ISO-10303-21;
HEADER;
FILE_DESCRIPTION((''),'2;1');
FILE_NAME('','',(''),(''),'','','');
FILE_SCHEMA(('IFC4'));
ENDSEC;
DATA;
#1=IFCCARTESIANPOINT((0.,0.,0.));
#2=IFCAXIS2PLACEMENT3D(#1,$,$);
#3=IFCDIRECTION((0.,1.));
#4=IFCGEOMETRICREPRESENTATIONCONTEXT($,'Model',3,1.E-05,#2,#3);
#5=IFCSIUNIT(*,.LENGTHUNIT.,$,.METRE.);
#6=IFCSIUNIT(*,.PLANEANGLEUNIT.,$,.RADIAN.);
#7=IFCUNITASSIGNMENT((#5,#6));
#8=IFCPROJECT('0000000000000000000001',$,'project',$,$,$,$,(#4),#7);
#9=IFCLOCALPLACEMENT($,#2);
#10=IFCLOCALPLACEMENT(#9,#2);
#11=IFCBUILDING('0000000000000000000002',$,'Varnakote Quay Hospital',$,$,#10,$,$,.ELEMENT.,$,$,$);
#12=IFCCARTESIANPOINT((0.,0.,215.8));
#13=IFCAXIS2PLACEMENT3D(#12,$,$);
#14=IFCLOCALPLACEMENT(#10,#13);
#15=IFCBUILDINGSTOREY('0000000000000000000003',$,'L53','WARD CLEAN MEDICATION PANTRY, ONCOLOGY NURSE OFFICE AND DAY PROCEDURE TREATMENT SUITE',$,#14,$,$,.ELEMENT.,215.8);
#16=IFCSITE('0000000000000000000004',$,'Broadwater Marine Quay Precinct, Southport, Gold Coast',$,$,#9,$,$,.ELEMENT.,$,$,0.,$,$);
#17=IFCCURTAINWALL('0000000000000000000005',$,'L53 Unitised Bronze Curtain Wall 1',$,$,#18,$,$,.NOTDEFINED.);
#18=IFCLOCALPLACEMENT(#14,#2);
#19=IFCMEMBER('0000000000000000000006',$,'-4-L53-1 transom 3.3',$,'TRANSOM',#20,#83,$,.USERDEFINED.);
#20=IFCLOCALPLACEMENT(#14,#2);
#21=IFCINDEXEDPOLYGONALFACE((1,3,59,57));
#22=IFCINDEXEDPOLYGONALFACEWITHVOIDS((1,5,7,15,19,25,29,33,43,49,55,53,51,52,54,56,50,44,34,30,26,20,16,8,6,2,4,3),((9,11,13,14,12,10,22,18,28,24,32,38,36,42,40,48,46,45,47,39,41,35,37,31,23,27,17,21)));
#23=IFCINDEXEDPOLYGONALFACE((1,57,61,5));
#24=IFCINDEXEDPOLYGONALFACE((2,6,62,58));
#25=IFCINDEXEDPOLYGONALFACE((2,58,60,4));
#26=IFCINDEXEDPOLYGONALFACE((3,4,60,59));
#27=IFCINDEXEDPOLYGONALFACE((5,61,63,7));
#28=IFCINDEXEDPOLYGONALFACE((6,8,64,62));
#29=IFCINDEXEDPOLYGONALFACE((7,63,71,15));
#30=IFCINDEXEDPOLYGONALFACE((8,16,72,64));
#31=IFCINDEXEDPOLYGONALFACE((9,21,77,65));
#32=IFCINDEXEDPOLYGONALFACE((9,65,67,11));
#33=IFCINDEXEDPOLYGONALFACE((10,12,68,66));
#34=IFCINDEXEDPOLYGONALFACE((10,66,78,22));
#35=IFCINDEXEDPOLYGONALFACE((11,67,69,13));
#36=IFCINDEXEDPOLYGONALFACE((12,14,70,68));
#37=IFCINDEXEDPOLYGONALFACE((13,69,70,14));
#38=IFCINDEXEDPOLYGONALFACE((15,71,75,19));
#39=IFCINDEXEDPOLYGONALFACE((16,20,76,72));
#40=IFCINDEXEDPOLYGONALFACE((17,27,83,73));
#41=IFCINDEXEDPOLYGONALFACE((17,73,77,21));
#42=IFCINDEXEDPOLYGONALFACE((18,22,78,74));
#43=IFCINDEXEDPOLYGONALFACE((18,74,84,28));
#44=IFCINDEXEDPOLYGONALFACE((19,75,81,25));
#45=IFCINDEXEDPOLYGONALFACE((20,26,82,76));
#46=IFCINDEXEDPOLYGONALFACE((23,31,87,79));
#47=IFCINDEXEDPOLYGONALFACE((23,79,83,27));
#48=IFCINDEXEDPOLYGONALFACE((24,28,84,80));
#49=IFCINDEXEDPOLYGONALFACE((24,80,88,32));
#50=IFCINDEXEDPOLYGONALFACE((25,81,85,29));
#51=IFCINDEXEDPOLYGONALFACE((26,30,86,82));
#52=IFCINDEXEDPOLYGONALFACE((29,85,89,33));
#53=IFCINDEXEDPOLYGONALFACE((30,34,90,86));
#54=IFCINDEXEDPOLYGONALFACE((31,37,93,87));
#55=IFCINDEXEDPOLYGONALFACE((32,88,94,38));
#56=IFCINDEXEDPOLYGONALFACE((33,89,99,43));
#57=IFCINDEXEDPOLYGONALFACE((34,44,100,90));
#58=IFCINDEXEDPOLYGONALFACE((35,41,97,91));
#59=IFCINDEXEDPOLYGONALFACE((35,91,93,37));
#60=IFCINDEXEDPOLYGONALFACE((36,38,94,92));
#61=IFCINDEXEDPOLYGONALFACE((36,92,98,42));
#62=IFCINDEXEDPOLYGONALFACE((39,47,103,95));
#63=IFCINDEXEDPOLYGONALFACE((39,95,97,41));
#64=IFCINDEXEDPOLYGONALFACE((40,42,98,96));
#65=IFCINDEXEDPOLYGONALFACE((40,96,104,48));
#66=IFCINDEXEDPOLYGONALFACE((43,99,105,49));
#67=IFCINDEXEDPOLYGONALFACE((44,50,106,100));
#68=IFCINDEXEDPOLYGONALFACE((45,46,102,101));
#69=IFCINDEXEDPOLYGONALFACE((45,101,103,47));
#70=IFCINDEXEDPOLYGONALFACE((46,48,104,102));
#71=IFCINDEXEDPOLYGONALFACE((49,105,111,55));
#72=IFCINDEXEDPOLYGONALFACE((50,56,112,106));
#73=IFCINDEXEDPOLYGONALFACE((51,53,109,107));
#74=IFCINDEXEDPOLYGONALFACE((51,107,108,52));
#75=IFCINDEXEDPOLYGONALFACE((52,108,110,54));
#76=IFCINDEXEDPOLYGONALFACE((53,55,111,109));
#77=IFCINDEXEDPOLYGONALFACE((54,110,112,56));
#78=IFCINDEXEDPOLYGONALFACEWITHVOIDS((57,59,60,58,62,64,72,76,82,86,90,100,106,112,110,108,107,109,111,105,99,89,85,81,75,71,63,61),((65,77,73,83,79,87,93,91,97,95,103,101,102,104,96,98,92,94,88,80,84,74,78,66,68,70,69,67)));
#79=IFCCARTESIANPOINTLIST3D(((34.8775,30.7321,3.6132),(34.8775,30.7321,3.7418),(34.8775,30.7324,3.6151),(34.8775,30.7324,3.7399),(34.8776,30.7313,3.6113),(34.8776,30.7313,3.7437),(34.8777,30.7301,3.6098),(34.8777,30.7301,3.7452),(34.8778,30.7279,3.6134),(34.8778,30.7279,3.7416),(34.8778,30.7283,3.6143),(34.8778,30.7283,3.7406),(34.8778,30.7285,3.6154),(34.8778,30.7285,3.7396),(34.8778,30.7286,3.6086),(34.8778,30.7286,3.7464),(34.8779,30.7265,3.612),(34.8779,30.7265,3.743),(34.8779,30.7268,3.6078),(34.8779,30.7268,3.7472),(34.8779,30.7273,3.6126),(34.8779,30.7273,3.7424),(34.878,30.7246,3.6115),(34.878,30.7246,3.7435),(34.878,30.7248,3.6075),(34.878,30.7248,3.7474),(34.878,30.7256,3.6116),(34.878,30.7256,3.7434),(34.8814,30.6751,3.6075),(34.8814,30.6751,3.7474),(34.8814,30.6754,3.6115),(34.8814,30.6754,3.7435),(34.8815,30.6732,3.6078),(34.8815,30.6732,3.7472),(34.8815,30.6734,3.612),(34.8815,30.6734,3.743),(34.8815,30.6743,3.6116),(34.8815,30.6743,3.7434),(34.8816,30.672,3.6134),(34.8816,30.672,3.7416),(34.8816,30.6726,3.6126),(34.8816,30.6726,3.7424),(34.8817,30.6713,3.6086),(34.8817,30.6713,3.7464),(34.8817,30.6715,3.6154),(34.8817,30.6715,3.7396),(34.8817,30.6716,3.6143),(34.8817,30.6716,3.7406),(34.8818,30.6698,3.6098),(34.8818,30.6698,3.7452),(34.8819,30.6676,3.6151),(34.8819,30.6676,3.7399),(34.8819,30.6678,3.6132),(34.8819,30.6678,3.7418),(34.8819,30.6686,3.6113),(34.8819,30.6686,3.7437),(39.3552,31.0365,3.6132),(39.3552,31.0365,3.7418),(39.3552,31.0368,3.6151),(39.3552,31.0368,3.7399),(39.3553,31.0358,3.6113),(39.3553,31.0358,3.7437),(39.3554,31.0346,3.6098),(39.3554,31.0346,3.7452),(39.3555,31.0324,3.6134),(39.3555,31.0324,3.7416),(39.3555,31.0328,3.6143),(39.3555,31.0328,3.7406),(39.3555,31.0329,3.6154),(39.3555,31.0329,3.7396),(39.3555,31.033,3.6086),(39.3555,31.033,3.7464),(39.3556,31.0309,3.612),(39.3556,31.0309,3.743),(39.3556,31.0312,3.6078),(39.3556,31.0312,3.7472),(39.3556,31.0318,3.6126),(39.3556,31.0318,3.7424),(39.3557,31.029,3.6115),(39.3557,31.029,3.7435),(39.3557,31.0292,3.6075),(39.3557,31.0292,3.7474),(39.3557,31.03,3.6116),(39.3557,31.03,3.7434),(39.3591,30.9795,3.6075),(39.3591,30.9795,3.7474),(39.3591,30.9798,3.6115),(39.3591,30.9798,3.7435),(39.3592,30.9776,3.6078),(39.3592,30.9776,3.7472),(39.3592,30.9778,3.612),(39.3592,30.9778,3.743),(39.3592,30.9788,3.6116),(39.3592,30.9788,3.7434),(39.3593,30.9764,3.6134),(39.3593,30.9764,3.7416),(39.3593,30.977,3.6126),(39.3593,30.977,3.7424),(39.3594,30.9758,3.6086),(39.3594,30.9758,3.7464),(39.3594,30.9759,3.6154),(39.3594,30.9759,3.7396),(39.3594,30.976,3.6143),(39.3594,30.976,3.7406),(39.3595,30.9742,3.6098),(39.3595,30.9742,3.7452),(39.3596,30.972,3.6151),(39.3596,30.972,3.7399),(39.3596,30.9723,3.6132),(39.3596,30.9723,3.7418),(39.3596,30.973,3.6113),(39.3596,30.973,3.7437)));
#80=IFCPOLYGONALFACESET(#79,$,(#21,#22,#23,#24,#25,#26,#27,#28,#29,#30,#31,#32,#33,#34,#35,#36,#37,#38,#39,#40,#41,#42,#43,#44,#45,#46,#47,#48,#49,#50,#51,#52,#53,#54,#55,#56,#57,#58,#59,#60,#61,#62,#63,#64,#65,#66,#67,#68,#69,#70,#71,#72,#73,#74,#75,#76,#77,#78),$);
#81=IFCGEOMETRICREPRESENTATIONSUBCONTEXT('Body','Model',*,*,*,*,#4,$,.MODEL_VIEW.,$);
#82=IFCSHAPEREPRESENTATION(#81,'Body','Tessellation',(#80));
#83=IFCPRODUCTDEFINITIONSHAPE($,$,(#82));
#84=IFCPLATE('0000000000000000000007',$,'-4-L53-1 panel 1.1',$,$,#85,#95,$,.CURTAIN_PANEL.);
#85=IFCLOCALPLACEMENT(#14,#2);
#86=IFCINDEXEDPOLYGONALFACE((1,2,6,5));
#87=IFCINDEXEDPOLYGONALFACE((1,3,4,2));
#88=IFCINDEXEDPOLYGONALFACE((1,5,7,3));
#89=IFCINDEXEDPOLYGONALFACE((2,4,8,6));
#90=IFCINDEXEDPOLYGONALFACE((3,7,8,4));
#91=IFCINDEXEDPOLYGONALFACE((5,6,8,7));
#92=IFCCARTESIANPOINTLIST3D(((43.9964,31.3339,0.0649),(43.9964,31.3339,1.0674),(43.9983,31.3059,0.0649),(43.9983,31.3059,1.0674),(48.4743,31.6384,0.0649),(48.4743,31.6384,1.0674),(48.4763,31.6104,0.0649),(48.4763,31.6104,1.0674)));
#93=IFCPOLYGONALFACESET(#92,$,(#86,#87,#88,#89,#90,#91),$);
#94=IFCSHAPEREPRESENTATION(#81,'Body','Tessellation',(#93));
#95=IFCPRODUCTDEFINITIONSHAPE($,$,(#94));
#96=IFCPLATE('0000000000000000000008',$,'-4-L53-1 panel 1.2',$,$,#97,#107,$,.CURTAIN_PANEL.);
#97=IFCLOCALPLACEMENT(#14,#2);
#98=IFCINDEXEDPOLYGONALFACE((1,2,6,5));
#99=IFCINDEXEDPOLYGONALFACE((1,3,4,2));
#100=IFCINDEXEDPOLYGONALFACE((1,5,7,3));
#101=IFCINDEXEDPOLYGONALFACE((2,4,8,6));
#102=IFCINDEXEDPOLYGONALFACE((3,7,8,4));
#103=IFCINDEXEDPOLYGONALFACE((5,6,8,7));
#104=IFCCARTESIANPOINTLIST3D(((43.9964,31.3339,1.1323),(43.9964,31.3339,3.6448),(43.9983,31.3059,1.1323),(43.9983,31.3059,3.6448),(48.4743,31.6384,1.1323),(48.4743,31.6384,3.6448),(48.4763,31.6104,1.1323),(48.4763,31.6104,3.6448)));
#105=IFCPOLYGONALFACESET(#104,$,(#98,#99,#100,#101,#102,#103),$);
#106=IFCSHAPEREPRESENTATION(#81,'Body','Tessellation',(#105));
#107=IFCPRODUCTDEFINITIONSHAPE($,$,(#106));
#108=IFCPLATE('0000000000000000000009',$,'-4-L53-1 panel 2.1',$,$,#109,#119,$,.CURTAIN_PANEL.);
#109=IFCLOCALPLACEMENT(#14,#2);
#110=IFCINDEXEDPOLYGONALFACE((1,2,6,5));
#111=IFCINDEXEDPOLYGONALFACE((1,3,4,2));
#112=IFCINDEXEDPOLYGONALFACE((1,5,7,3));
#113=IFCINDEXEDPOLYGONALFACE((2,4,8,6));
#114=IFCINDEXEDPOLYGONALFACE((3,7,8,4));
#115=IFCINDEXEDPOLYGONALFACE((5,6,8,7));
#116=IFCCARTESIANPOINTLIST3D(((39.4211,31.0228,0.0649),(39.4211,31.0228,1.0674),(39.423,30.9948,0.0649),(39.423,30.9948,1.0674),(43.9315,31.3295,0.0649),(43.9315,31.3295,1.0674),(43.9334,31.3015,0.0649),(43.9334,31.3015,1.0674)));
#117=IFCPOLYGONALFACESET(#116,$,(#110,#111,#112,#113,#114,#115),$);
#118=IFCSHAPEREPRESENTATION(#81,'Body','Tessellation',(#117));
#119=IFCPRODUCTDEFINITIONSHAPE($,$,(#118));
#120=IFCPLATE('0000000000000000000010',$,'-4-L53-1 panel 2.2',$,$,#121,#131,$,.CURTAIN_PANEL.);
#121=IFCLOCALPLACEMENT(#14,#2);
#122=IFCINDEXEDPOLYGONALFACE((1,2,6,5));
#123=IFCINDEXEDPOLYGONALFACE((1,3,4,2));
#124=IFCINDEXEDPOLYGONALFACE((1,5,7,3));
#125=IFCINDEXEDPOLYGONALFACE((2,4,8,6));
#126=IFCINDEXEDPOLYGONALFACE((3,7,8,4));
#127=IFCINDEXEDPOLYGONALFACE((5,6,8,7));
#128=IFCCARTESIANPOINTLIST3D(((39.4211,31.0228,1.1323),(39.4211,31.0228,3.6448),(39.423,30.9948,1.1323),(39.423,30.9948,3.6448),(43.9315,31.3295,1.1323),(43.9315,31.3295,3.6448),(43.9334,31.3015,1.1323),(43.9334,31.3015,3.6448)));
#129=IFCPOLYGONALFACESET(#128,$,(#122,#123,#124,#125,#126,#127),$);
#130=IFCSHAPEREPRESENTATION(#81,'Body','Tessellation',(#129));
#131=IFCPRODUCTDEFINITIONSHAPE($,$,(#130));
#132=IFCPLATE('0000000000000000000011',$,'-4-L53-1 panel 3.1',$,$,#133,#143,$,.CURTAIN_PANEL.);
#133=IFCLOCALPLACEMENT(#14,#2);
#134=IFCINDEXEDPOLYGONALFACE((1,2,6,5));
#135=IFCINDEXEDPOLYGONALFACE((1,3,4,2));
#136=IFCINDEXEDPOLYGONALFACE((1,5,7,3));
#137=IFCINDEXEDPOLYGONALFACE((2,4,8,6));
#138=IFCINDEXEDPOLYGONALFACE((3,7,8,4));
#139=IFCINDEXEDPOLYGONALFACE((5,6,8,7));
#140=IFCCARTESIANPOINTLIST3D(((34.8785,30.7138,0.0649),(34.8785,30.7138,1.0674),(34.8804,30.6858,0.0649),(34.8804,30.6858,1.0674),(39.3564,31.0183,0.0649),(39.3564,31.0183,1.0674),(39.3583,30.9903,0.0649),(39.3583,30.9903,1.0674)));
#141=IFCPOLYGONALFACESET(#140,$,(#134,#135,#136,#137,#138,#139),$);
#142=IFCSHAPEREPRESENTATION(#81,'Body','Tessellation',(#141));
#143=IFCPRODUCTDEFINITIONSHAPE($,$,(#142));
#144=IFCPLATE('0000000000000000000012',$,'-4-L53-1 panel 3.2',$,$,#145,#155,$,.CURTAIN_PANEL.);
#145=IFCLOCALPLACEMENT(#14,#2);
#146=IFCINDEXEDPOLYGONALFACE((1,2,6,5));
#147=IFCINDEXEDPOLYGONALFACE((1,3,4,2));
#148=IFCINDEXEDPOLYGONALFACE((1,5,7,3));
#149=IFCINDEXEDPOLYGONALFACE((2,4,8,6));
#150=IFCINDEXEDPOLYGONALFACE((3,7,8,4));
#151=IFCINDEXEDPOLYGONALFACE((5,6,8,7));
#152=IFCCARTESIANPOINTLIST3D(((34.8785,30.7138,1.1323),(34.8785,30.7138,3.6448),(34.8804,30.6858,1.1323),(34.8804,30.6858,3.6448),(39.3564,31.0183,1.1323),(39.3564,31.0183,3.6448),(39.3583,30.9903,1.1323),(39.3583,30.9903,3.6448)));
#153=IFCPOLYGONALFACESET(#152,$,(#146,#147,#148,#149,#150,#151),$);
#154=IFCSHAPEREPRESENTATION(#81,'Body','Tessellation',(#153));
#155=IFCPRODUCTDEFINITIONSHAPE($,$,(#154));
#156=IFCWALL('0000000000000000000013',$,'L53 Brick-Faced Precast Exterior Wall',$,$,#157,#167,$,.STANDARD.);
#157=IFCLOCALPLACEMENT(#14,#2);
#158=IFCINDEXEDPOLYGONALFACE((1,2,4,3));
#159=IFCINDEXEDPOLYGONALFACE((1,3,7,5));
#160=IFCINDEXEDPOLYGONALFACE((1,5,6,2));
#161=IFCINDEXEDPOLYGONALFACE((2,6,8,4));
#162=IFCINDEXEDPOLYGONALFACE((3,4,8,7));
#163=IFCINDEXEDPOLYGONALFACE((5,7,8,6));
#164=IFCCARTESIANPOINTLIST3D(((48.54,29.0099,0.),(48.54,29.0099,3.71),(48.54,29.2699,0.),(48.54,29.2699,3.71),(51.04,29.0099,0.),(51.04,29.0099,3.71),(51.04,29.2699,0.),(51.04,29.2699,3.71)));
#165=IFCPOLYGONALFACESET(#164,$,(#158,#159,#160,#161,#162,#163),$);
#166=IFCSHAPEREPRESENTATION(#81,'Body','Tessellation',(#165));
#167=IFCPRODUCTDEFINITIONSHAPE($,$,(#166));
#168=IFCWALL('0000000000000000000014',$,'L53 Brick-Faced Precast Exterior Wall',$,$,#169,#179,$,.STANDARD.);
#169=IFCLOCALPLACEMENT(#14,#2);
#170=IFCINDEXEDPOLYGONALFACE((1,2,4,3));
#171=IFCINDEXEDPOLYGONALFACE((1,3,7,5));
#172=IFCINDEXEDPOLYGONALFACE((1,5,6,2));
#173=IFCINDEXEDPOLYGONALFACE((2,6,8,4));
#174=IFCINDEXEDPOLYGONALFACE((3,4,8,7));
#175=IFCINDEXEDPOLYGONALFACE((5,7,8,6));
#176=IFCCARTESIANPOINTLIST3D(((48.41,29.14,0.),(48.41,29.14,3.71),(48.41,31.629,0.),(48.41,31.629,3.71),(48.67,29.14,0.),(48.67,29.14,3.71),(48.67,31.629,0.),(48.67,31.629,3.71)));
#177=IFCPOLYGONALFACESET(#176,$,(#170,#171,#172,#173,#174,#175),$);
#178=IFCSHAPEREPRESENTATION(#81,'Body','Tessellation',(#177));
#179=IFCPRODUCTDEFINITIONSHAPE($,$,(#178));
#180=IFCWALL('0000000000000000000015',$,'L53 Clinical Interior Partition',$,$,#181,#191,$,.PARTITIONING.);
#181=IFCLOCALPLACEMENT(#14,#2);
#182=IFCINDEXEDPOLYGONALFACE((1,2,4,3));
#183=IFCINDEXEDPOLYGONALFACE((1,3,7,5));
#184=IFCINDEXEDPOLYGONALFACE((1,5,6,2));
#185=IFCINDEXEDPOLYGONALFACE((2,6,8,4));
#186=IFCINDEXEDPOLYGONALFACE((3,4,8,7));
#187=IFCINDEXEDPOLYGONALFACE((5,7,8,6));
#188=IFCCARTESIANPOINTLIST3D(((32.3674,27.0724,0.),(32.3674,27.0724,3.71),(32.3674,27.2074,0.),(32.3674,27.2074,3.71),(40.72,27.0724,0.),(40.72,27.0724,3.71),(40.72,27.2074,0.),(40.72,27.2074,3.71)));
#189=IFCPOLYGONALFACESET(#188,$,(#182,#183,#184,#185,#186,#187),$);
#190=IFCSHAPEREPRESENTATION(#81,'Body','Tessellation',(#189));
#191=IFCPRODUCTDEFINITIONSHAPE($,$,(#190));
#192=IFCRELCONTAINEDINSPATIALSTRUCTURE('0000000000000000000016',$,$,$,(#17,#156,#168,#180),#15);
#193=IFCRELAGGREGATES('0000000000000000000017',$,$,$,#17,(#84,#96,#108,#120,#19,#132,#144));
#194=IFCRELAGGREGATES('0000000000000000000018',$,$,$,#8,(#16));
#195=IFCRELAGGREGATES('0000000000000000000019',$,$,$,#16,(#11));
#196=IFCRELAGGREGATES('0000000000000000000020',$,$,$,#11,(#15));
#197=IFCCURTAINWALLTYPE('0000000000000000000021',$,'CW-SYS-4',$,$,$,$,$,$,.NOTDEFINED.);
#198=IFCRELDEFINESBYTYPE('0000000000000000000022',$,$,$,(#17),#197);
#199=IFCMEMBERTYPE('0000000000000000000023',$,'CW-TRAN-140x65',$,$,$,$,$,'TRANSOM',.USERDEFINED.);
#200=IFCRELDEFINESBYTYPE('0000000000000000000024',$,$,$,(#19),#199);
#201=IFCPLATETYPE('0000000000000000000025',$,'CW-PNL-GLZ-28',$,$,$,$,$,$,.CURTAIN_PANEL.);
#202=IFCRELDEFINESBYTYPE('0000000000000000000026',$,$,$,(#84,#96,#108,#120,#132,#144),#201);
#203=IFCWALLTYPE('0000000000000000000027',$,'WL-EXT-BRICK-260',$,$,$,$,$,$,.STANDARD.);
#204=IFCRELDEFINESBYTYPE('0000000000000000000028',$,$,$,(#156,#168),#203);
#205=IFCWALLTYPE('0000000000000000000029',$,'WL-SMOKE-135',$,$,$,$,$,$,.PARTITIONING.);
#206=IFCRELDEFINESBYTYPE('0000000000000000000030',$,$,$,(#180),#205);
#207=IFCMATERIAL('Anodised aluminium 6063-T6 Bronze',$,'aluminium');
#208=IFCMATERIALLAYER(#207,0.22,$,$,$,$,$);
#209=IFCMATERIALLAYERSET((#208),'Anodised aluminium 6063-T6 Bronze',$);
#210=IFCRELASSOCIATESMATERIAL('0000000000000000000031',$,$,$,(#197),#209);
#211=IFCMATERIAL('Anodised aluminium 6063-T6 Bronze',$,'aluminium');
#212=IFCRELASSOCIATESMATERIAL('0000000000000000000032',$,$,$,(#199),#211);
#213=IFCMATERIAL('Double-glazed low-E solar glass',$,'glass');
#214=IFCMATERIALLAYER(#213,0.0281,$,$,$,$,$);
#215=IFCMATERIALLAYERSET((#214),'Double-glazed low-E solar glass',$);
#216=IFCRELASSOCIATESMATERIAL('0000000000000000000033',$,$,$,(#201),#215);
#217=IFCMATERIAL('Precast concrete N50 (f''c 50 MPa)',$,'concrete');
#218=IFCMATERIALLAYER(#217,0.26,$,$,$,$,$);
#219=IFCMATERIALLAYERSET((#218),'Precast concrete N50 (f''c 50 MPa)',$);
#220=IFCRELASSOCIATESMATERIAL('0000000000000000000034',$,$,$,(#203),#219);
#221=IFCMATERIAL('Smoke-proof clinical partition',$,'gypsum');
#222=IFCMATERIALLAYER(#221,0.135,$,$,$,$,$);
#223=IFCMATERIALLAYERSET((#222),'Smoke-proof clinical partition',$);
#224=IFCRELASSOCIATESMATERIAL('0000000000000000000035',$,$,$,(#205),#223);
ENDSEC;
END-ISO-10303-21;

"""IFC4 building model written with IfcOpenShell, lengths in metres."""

from ifc_helpers import new_model, si_unit, direction, frame, frame_2d, origin, origin_2d, place, context, subcontext, project, spatial, rectangle, hollow_rectangle, extrude, material, layer, layer_set, material_profile, profile_set, type_object, element, aggregate, save


model = new_model("IFC4")

# Units and contexts
model_context = context("Model", 3, precision=1e-05, world=origin(), true_north=direction((0.0, 1.0)))
body_context = subcontext(model_context, "Body", "Model", "MODEL_VIEW")
ifc_project = project(units=[si_unit("LENGTHUNIT", "METRE"), si_unit("PLANEANGLEUNIT", "RADIAN")], contexts=[model_context])

# Site, building, storey
site_placement = place(None, origin())
site = spatial("IfcSite", under=ifc_project, at=site_placement, Name="Broadwater Marine Quay Precinct, Southport, Gold Coast", CompositionType="ELEMENT", RefElevation=0.0)
building_placement = place(site_placement, origin())
building = spatial("IfcBuilding", under=site, at=building_placement, Name="Varnakote Quay Hospital", CompositionType="ELEMENT")
storey_placement = place(building_placement, frame((0.0, 0.0, 215.8)))
storey = spatial("IfcBuildingStorey", under=building, at=storey_placement, Name="L53", Description="WARD CLEAN MEDICATION PANTRY, ONCOLOGY NURSE OFFICE AND DAY PROCEDURE TREATMENT SUITE", CompositionType="ELEMENT", Elevation=215.8)

# Curtain wall, member, plates
ifc_material_1 = material(Name="Anodised aluminium 6063-T6 Bronze", Category="aluminium")
ifc_layer_1 = layer(ifc_material_1, 0.22)
ifc_layer_set_1 = layer_set([ifc_layer_1], Name="Anodised aluminium 6063-T6 Bronze")
curtain_wall_type = type_object("IfcCurtainWallType", Name="CW-SYS-4", PredefinedType="NOTDEFINED", material=ifc_layer_set_1)
curtain_wall_placement = place(storey_placement, origin())
curtain_wall = element("IfcCurtainWall", 1, at=curtain_wall_placement, inside=storey, type_object=curtain_wall_type, Name="L53 Unitised Bronze Curtain Wall 1", PredefinedType="NOTDEFINED")
ifc_material_2 = material(Name="Anodised aluminium 6063-T6 Bronze", Category="aluminium")
ifc_material_profile_1 = material_profile(ifc_material_2, hollow_rectangle(XDim=0.0649, YDim=0.1399, WallThickness=0.0039, InnerFilletRadius=0.0039, OuterFilletRadius=0.0076, at=origin_2d()), Name="CW-TRAN-140x65")
ifc_profile_set_1 = profile_set([ifc_material_profile_1], Name="Anodised aluminium 6063-T6 Bronze")
member_type_1 = type_object("IfcMemberType", Name="CW-TRAN-140x65", ElementType="TRANSOM", PredefinedType="USERDEFINED", material=ifc_profile_set_1)
member_1_placement = place(storey_placement, frame((39.3574, 31.0044, 3.6775), z_axis=(-0.997697, -0.067833, 0.0), x_axis=(0.067833, -0.997697, 0.0)))
member_1 = element("IfcMember", 2, at=member_1_placement, type_object=member_type_1, Name="-4-L53-1 transom 3.3", ObjectType="TRANSOM", PredefinedType="USERDEFINED", context=body_context, shape_type="SweptSolid", body=[
    extrude(hollow_rectangle(XDim=0.0649, YDim=0.1399, WallThickness=0.0039, InnerFilletRadius=0.0039, OuterFilletRadius=0.0076, at=origin_2d()), origin(), (0.0, 0.0, 1.0), 4.488),
])
ifc_material_3 = material(Name="Double-glazed low-E solar glass", Category="glass")
ifc_layer_2 = layer(ifc_material_3, 0.0281)
ifc_layer_set_2 = layer_set([ifc_layer_2], Name="Double-glazed low-E solar glass")
plate_type = type_object("IfcPlateType", Name="CW-PNL-GLZ-28", PredefinedType="CURTAIN_PANEL", material=ifc_layer_set_2)
plate_1_placement = place(storey_placement, frame((46.2363, 31.4722, 0.0649), z_axis=(0.0, 0.0, 1.0), x_axis=(-0.997696, -0.067842, 0.0)))
plate_1 = element("IfcPlate", 3, at=plate_1_placement, type_object=plate_type, Name="-4-L53-1 panel 1.1", PredefinedType="CURTAIN_PANEL", context=body_context, shape_type="SweptSolid", body=[
    extrude(rectangle(XDim=4.4883, YDim=0.0281, at=origin_2d()), origin(), (0.0, 0.0, 1.0), 1.0024),
])
plate_2_placement = place(storey_placement, frame((46.2363, 31.4722, 1.1323), z_axis=(0.0, 0.0, 1.0), x_axis=(-0.997696, -0.067842, 0.0)))
plate_2 = element("IfcPlate", 4, at=plate_2_placement, type_object=plate_type, Name="-4-L53-1 panel 1.2", PredefinedType="CURTAIN_PANEL", context=body_context, shape_type="SweptSolid", body=[
    extrude(rectangle(XDim=4.4883, YDim=0.0281, at=origin_2d()), origin(), (0.0, 0.0, 1.0), 2.5125),
])
plate_3_placement = place(storey_placement, frame((41.6772, 31.1621, 0.0649), z_axis=(0.0, 0.0, 1.0), x_axis=(-0.997696, -0.067842, 0.0)))
plate_3 = element("IfcPlate", 5, at=plate_3_placement, type_object=plate_type, Name="-4-L53-1 panel 2.1", PredefinedType="CURTAIN_PANEL", context=body_context, shape_type="SweptSolid", body=[
    extrude(rectangle(XDim=4.5208, YDim=0.0281, at=origin_2d()), origin(), (0.0, 0.0, 1.0), 1.0024),
])
plate_4_placement = place(storey_placement, frame((41.6772, 31.1621, 1.1323), z_axis=(0.0, 0.0, 1.0), x_axis=(-0.997696, -0.067842, 0.0)))
plate_4 = element("IfcPlate", 6, at=plate_4_placement, type_object=plate_type, Name="-4-L53-1 panel 2.2", PredefinedType="CURTAIN_PANEL", context=body_context, shape_type="SweptSolid", body=[
    extrude(rectangle(XDim=4.5208, YDim=0.0281, at=origin_2d()), origin(), (0.0, 0.0, 1.0), 2.5125),
])
plate_5_placement = place(storey_placement, frame((37.1184, 30.8521, 0.0649), z_axis=(0.0, 0.0, 1.0), x_axis=(-0.997696, -0.067842, 0.0)))
plate_5 = element("IfcPlate", 7, at=plate_5_placement, type_object=plate_type, Name="-4-L53-1 panel 3.1", PredefinedType="CURTAIN_PANEL", context=body_context, shape_type="SweptSolid", body=[
    extrude(rectangle(XDim=4.4883, YDim=0.0281, at=origin_2d()), origin(), (0.0, 0.0, 1.0), 1.0024),
])
plate_6_placement = place(storey_placement, frame((37.1184, 30.8521, 1.1323), z_axis=(0.0, 0.0, 1.0), x_axis=(-0.997696, -0.067842, 0.0)))
plate_6 = element("IfcPlate", 8, at=plate_6_placement, type_object=plate_type, Name="-4-L53-1 panel 3.2", PredefinedType="CURTAIN_PANEL", context=body_context, shape_type="SweptSolid", body=[
    extrude(rectangle(XDim=4.4883, YDim=0.0281, at=origin_2d()), origin(), (0.0, 0.0, 1.0), 2.5125),
])
aggregate(curtain_wall, [plate_1, plate_2, plate_3, plate_4, member_1, plate_5, plate_6])

# Walls
ifc_material_4 = material(Name="Precast concrete N50 (f'c 50 MPa)", Category="concrete")
ifc_layer_3 = layer(ifc_material_4, 0.26)
ifc_layer_set_3 = layer_set([ifc_layer_3], Name="Precast concrete N50 (f'c 50 MPa)")
wall_type_1 = type_object("IfcWallType", Name="WL-EXT-BRICK-260", PredefinedType="STANDARD", material=ifc_layer_set_3)
wall_1_placement = place(storey_placement, frame((51.04, 29.1399, 0.0), z_axis=(0.0, 0.0, 1.0), x_axis=(-1.0, 0.0, 0.0)))
element("IfcWall", 9, at=wall_1_placement, inside=storey, type_object=wall_type_1, Name="L53 Brick-Faced Precast Exterior Wall", PredefinedType="STANDARD", context=body_context, shape_type="SweptSolid", body=[
    extrude(rectangle(XDim=2.5, YDim=0.26, at=frame_2d((1.25, 0.0))), origin(), (0.0, 0.0, 1.0), 3.71),
])
wall_2_placement = place(storey_placement, frame((48.54, 29.1399, 0.0), z_axis=(0.0, 0.0, 1.0), x_axis=(0.0, 1.0, 0.0)))
element("IfcWall", 10, at=wall_2_placement, inside=storey, type_object=wall_type_1, Name="L53 Brick-Faced Precast Exterior Wall", PredefinedType="STANDARD", context=body_context, shape_type="SweptSolid", body=[
    extrude(rectangle(XDim=2.489, YDim=0.26, at=frame_2d((1.2446, 0.0))), origin(), (0.0, 0.0, 1.0), 3.71),
])
ifc_material_5 = material(Name="Smoke-proof clinical partition", Category="gypsum")
ifc_layer_4 = layer(ifc_material_5, 0.135)
ifc_layer_set_4 = layer_set([ifc_layer_4], Name="Smoke-proof clinical partition")
wall_type_2 = type_object("IfcWallType", Name="WL-SMOKE-135", PredefinedType="PARTITIONING", material=ifc_layer_set_4)
wall_3_placement = place(storey_placement, frame((40.72, 27.1399, 0.0), z_axis=(0.0, 0.0, 1.0), x_axis=(-1.0, 0.0, 0.0)))
element("IfcWall", 11, at=wall_3_placement, inside=storey, type_object=wall_type_2, Name="L53 Clinical Interior Partition", PredefinedType="PARTITIONING", context=body_context, shape_type="SweptSolid", body=[
    extrude(rectangle(XDim=8.3525, YDim=0.135, at=frame_2d((4.1763, 0.0))), origin(), (0.0, 0.0, 1.0), 3.71),
])

save(model, "model.ifc")
